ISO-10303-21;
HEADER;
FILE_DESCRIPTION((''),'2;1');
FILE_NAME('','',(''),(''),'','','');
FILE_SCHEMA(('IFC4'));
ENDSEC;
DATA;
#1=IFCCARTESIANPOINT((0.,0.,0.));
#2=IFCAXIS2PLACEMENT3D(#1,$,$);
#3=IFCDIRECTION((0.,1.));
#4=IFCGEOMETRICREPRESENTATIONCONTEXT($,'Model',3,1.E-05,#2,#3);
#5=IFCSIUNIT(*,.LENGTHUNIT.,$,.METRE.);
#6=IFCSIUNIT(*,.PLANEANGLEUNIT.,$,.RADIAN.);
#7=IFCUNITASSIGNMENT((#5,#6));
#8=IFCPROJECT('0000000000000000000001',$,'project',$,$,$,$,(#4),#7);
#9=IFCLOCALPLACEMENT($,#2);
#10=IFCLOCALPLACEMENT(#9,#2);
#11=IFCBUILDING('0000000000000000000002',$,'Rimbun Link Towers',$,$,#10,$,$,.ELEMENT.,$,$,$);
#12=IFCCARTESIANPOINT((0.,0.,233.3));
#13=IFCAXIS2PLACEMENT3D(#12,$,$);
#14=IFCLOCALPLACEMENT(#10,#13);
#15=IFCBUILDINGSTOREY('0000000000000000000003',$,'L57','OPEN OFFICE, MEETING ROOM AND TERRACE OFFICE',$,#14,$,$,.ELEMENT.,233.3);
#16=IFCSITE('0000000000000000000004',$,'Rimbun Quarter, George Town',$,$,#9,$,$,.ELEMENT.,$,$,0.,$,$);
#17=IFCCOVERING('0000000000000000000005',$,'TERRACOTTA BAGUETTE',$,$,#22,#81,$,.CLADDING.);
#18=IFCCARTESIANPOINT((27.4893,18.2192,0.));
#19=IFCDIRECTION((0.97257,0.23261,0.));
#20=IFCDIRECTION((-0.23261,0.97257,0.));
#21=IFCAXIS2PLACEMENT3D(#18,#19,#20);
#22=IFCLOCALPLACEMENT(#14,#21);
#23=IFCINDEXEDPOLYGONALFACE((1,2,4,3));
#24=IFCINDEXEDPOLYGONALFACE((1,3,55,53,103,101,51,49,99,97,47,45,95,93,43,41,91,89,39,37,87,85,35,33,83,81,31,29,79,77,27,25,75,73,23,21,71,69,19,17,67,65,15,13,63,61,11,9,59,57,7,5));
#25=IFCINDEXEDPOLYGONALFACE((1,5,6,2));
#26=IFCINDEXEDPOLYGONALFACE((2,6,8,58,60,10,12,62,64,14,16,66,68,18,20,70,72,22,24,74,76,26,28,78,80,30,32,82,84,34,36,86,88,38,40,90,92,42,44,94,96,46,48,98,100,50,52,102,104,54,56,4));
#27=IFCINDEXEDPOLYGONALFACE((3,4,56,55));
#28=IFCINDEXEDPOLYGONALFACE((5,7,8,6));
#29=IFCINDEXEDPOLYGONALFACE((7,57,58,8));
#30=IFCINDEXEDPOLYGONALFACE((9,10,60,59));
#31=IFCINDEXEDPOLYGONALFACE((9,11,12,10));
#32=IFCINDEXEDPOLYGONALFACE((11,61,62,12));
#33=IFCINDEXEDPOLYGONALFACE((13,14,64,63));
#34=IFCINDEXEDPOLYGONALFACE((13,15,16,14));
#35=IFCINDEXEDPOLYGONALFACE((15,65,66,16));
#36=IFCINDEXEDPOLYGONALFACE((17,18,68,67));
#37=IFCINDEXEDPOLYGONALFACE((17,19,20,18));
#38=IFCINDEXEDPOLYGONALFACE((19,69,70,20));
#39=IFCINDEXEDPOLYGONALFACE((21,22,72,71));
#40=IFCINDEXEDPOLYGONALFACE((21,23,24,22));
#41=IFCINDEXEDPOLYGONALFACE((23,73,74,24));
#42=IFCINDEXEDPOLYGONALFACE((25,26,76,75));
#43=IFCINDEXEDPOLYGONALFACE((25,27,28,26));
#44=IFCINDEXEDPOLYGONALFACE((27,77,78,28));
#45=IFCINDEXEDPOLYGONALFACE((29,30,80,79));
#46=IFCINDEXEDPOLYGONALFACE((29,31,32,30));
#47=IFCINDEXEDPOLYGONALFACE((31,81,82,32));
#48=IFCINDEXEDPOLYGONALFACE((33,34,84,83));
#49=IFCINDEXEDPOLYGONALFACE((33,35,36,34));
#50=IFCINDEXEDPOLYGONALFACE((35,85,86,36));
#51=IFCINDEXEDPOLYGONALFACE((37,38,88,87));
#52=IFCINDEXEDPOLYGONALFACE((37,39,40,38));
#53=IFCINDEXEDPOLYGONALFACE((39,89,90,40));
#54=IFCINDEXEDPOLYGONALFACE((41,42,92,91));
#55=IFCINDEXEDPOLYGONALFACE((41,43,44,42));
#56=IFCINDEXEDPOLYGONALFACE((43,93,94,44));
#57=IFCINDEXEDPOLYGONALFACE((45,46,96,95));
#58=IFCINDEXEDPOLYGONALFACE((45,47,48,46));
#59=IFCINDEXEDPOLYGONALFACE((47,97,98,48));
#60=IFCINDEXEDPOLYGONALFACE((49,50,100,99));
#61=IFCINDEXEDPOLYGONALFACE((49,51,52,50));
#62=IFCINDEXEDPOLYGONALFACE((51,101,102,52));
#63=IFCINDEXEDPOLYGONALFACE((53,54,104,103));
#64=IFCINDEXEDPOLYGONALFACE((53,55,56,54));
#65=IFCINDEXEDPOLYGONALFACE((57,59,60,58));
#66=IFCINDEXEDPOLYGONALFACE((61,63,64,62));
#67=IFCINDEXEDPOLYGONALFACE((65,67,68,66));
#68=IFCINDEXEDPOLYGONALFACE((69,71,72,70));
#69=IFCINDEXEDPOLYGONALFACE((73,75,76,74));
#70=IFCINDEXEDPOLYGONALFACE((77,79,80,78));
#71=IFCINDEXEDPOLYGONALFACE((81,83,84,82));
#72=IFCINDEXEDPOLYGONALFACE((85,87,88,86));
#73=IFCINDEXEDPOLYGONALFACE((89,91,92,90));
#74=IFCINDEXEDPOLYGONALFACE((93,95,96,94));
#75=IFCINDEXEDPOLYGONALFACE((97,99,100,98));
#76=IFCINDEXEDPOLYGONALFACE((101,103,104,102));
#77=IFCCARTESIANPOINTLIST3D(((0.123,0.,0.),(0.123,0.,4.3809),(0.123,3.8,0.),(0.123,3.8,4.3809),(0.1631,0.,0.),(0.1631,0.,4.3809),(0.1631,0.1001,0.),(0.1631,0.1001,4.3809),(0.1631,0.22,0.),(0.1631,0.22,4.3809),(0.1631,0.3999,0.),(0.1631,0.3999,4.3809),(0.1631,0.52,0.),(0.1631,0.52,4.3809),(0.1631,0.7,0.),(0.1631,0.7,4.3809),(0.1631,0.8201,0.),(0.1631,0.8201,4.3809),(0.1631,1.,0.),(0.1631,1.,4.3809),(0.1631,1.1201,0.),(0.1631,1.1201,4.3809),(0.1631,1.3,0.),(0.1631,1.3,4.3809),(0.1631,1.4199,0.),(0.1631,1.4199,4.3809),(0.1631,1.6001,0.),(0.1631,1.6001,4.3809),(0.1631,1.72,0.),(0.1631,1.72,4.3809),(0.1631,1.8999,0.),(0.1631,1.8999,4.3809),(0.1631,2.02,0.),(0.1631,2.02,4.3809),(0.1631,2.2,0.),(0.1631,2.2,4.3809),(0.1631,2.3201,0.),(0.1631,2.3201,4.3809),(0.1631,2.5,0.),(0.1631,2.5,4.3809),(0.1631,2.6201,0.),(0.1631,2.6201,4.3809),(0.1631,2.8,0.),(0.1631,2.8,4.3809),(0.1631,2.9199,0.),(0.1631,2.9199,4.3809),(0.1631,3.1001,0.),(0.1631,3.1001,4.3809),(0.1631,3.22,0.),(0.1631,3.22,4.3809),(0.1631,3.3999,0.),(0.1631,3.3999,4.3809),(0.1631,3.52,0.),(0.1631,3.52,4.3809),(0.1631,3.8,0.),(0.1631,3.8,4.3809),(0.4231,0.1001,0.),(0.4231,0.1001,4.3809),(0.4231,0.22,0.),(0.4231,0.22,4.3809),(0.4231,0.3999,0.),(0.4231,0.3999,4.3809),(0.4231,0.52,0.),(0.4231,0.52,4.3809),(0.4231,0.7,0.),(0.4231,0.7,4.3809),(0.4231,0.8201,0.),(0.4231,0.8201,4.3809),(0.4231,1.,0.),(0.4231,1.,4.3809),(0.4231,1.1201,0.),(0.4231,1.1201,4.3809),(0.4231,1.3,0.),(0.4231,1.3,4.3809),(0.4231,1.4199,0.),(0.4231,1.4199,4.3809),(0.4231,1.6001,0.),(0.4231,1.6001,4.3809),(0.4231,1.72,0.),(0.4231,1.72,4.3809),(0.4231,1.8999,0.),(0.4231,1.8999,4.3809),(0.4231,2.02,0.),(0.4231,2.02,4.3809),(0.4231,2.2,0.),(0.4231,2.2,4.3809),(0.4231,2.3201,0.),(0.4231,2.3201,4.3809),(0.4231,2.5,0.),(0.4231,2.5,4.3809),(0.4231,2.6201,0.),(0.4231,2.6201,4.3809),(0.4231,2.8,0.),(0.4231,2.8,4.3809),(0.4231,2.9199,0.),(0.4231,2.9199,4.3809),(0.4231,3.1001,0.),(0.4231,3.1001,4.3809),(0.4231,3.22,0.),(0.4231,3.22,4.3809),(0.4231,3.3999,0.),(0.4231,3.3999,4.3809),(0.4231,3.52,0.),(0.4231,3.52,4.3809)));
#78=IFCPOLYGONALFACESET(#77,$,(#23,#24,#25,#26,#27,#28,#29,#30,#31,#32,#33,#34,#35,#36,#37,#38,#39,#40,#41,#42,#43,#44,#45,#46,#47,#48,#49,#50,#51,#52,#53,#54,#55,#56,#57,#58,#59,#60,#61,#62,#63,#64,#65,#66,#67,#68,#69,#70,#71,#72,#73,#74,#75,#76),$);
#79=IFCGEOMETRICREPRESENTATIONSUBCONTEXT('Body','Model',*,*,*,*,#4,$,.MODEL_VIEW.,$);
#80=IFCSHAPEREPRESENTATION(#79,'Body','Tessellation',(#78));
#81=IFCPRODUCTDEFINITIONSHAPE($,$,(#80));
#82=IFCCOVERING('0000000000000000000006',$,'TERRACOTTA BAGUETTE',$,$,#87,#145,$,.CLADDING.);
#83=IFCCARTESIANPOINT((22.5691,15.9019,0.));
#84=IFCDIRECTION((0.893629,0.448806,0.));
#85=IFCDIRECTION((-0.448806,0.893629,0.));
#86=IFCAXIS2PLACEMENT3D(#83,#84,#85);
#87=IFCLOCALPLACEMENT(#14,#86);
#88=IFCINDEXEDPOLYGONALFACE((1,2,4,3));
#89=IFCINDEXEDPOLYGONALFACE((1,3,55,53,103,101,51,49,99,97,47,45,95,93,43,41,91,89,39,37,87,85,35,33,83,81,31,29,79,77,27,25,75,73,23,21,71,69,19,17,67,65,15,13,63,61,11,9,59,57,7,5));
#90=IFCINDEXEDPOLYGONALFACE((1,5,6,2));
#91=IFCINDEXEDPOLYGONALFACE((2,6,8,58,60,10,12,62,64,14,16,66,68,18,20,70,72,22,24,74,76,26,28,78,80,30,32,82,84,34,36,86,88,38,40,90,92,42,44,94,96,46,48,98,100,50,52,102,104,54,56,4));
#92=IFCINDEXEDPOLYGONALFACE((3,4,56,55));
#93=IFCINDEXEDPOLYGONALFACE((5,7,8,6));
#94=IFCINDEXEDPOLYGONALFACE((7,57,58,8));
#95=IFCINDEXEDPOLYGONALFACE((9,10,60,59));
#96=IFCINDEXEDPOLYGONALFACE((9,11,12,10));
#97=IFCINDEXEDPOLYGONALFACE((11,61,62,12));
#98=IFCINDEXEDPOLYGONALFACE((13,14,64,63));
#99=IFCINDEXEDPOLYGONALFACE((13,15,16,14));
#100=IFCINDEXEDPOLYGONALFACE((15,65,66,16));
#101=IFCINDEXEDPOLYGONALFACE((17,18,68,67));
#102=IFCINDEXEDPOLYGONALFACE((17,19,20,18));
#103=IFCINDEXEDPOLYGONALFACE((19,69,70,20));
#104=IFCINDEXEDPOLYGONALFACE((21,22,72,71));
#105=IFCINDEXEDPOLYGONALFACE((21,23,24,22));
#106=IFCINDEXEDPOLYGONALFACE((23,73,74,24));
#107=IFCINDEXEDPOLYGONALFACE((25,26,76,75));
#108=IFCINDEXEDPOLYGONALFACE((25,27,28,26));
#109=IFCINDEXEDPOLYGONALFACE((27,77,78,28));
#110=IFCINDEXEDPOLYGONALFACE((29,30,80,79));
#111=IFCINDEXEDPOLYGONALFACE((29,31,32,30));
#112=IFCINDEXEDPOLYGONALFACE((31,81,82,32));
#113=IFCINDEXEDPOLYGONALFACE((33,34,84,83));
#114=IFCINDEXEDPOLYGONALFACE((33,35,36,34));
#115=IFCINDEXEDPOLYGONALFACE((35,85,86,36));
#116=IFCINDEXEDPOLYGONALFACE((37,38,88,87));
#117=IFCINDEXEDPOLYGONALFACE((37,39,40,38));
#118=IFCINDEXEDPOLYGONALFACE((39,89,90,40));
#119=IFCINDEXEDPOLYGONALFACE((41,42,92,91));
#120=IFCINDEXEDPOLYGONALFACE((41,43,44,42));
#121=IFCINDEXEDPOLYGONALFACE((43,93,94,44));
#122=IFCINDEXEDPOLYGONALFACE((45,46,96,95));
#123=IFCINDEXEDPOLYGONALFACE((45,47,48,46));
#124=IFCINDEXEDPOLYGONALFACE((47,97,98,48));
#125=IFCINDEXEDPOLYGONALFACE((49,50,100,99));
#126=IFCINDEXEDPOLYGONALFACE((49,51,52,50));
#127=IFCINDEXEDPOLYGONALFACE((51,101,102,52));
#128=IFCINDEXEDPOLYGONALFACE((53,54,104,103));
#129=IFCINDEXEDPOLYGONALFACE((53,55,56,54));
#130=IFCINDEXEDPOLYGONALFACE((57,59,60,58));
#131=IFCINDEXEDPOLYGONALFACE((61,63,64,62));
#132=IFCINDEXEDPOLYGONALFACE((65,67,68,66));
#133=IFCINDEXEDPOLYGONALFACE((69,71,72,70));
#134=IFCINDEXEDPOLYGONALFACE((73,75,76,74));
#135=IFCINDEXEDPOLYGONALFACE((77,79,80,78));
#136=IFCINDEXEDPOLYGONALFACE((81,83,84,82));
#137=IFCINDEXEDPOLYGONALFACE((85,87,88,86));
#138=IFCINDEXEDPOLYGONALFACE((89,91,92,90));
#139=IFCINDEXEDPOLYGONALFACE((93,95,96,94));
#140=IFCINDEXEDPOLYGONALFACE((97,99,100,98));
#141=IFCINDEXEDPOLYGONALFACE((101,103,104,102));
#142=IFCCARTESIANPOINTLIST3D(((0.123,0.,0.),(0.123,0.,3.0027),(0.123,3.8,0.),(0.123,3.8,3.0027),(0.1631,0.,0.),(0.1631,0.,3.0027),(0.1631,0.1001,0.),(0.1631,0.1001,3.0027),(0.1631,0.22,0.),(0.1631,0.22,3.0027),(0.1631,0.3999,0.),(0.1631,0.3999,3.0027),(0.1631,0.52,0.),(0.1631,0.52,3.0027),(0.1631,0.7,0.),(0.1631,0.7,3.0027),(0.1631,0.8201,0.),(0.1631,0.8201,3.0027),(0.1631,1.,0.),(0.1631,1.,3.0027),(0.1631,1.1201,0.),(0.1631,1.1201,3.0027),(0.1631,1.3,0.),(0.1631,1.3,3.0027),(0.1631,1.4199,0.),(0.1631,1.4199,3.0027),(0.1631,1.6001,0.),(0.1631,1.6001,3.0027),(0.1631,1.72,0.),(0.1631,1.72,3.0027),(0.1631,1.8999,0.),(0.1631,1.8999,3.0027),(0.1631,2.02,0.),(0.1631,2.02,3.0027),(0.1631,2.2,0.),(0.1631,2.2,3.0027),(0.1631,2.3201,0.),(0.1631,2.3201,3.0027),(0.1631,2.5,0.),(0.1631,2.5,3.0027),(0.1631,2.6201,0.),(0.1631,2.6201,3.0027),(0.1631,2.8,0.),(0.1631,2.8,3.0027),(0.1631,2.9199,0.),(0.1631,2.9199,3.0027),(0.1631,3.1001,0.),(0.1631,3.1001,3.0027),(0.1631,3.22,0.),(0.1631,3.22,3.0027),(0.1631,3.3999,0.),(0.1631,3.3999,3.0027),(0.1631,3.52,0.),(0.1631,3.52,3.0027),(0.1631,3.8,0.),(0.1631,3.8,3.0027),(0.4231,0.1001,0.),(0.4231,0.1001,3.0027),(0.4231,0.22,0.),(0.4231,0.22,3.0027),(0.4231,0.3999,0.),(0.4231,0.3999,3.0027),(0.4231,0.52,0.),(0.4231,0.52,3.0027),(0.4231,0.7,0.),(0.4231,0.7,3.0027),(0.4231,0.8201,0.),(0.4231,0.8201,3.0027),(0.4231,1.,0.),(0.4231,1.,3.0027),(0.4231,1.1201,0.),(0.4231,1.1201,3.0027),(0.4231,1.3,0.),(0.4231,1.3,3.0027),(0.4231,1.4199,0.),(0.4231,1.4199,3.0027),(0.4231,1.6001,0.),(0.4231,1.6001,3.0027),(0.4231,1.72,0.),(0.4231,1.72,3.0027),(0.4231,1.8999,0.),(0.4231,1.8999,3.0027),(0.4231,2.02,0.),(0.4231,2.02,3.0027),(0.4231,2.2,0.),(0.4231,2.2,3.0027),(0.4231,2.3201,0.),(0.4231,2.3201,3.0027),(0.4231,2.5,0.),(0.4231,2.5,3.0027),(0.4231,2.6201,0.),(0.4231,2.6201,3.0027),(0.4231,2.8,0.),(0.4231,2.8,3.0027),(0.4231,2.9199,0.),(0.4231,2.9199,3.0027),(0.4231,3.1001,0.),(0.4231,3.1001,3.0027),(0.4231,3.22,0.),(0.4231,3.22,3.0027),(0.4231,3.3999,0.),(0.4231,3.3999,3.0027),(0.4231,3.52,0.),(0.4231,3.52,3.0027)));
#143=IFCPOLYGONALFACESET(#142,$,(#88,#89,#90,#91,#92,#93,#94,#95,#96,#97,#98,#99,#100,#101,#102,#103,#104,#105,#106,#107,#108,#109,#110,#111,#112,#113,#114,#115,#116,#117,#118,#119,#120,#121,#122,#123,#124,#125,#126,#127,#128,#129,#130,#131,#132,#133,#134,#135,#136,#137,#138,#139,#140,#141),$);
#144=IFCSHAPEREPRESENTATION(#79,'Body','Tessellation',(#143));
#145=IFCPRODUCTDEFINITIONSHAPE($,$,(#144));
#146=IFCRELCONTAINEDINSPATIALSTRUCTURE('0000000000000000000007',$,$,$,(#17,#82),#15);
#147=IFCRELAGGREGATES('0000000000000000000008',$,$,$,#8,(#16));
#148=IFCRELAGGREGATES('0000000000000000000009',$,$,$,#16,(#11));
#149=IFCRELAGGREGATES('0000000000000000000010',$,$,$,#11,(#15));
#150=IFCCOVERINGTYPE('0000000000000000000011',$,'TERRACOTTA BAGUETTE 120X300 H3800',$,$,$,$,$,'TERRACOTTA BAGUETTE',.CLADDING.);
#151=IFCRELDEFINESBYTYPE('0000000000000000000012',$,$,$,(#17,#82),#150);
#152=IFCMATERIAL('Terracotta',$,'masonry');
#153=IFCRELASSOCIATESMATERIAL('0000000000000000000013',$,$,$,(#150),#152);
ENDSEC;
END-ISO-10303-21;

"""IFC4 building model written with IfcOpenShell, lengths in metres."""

from ifc_helpers import new_model, si_unit, direction, frame, origin, place, context, subcontext, project, spatial, polyline, outline, extrude, material, material_profile, profile_set, type_object, element, save


model = new_model("IFC4")

# Units and contexts
model_context = context("Model", 3, precision=1e-05, world=origin(), true_north=direction((0.0, 1.0)))
body_context = subcontext(model_context, "Body", "Model", "MODEL_VIEW")
ifc_project = project(units=[si_unit("LENGTHUNIT", "METRE"), si_unit("PLANEANGLEUNIT", "RADIAN")], contexts=[model_context])

# Site, building, storey
site_placement = place(None, origin())
site = spatial("IfcSite", under=ifc_project, at=site_placement, Name="Rimbun Quarter, George Town", CompositionType="ELEMENT", RefElevation=0.0)
building_placement = place(site_placement, origin())
building = spatial("IfcBuilding", under=site, at=building_placement, Name="Rimbun Link Towers", CompositionType="ELEMENT")
storey_placement = place(building_placement, frame((0.0, 0.0, 233.3)))
storey = spatial("IfcBuildingStorey", under=building, at=storey_placement, Name="L57", Description="OPEN OFFICE, MEETING ROOM AND TERRACE OFFICE", CompositionType="ELEMENT", Elevation=233.3)

# Coverings
ifc_material_1 = material(Name="Terracotta", Category="masonry")
ifc_material_profile_1 = material_profile(ifc_material_1, outline(polyline([(0.123, 0.0), (0.1631, 0.0), (0.1631, 0.1001), (0.4231, 0.1001), (0.4231, 0.22), (0.1631, 0.22), (0.1631, 0.3999), (0.4231, 0.3999), (0.4231, 0.52), (0.1631, 0.52), (0.1631, 0.7), (0.4231, 0.7), (0.4231, 0.8201), (0.1631, 0.8201), (0.1631, 1.0), (0.4231, 1.0), (0.4231, 1.1201), (0.1631, 1.1201), (0.1631, 1.3), (0.4231, 1.3), (0.4231, 1.4199), (0.1631, 1.4199), (0.1631, 1.6001), (0.4231, 1.6001), (0.4231, 1.72), (0.1631, 1.72), (0.1631, 1.8999), (0.4231, 1.8999), (0.4231, 2.02), (0.1631, 2.02), (0.1631, 2.2), (0.4231, 2.2), (0.4231, 2.3201), (0.1631, 2.3201), (0.1631, 2.5), (0.4231, 2.5), (0.4231, 2.6201), (0.1631, 2.6201), (0.1631, 2.8), (0.4231, 2.8), (0.4231, 2.9199), (0.1631, 2.9199), (0.1631, 3.1001), (0.4231, 3.1001), (0.4231, 3.22), (0.1631, 3.22), (0.1631, 3.3999), (0.4231, 3.3999), (0.4231, 3.52), (0.1631, 3.52), (0.1631, 3.8), (0.123, 3.8), (0.123, 0.0)])), Name="BAGUETTE 120X300")
ifc_profile_set_1 = profile_set([ifc_material_profile_1], Name="Terracotta")
covering_type = type_object("IfcCoveringType", Name="TERRACOTTA BAGUETTE 120X300 H3800", ElementType="TERRACOTTA BAGUETTE", PredefinedType="CLADDING", material=ifc_profile_set_1)
covering_1_placement = place(storey_placement, frame((27.4893, 18.2192, 0.0), z_axis=(0.97257, 0.23261, 0.0), x_axis=(-0.23261, 0.97257, 0.0)))
element("IfcCovering", 1, at=covering_1_placement, inside=storey, type_object=covering_type, Name="TERRACOTTA BAGUETTE", PredefinedType="CLADDING", context=body_context, shape_type="SweptSolid", body=[
    extrude(outline(polyline([(0.123, 0.0), (0.1631, 0.0), (0.1631, 0.1001), (0.4231, 0.1001), (0.4231, 0.22), (0.1631, 0.22), (0.1631, 0.3999), (0.4231, 0.3999), (0.4231, 0.52), (0.1631, 0.52), (0.1631, 0.7), (0.4231, 0.7), (0.4231, 0.8201), (0.1631, 0.8201), (0.1631, 1.0), (0.4231, 1.0), (0.4231, 1.1201), (0.1631, 1.1201), (0.1631, 1.3), (0.4231, 1.3), (0.4231, 1.4199), (0.1631, 1.4199), (0.1631, 1.6001), (0.4231, 1.6001), (0.4231, 1.72), (0.1631, 1.72), (0.1631, 1.8999), (0.4231, 1.8999), (0.4231, 2.02), (0.1631, 2.02), (0.1631, 2.2), (0.4231, 2.2), (0.4231, 2.3201), (0.1631, 2.3201), (0.1631, 2.5), (0.4231, 2.5), (0.4231, 2.6201), (0.1631, 2.6201), (0.1631, 2.8), (0.4231, 2.8), (0.4231, 2.9199), (0.1631, 2.9199), (0.1631, 3.1001), (0.4231, 3.1001), (0.4231, 3.22), (0.1631, 3.22), (0.1631, 3.3999), (0.4231, 3.3999), (0.4231, 3.52), (0.1631, 3.52), (0.1631, 3.8), (0.123, 3.8), (0.123, 0.0)])), origin(), (0.0, 0.0, 1.0), 4.3809),
])
covering_2_placement = place(storey_placement, frame((22.5691, 15.9019, 0.0), z_axis=(0.893629, 0.448806, 0.0), x_axis=(-0.448806, 0.893629, 0.0)))
element("IfcCovering", 2, at=covering_2_placement, inside=storey, type_object=covering_type, Name="TERRACOTTA BAGUETTE", PredefinedType="CLADDING", context=body_context, shape_type="SweptSolid", body=[
    extrude(outline(polyline([(0.123, 0.0), (0.1631, 0.0), (0.1631, 0.1001), (0.4231, 0.1001), (0.4231, 0.22), (0.1631, 0.22), (0.1631, 0.3999), (0.4231, 0.3999), (0.4231, 0.52), (0.1631, 0.52), (0.1631, 0.7), (0.4231, 0.7), (0.4231, 0.8201), (0.1631, 0.8201), (0.1631, 1.0), (0.4231, 1.0), (0.4231, 1.1201), (0.1631, 1.1201), (0.1631, 1.3), (0.4231, 1.3), (0.4231, 1.4199), (0.1631, 1.4199), (0.1631, 1.6001), (0.4231, 1.6001), (0.4231, 1.72), (0.1631, 1.72), (0.1631, 1.8999), (0.4231, 1.8999), (0.4231, 2.02), (0.1631, 2.02), (0.1631, 2.2), (0.4231, 2.2), (0.4231, 2.3201), (0.1631, 2.3201), (0.1631, 2.5), (0.4231, 2.5), (0.4231, 2.6201), (0.1631, 2.6201), (0.1631, 2.8), (0.4231, 2.8), (0.4231, 2.9199), (0.1631, 2.9199), (0.1631, 3.1001), (0.4231, 3.1001), (0.4231, 3.22), (0.1631, 3.22), (0.1631, 3.3999), (0.4231, 3.3999), (0.4231, 3.52), (0.1631, 3.52), (0.1631, 3.8), (0.123, 3.8), (0.123, 0.0)])), origin(), (0.0, 0.0, 1.0), 3.0027),
])

save(model, "model.ifc")
